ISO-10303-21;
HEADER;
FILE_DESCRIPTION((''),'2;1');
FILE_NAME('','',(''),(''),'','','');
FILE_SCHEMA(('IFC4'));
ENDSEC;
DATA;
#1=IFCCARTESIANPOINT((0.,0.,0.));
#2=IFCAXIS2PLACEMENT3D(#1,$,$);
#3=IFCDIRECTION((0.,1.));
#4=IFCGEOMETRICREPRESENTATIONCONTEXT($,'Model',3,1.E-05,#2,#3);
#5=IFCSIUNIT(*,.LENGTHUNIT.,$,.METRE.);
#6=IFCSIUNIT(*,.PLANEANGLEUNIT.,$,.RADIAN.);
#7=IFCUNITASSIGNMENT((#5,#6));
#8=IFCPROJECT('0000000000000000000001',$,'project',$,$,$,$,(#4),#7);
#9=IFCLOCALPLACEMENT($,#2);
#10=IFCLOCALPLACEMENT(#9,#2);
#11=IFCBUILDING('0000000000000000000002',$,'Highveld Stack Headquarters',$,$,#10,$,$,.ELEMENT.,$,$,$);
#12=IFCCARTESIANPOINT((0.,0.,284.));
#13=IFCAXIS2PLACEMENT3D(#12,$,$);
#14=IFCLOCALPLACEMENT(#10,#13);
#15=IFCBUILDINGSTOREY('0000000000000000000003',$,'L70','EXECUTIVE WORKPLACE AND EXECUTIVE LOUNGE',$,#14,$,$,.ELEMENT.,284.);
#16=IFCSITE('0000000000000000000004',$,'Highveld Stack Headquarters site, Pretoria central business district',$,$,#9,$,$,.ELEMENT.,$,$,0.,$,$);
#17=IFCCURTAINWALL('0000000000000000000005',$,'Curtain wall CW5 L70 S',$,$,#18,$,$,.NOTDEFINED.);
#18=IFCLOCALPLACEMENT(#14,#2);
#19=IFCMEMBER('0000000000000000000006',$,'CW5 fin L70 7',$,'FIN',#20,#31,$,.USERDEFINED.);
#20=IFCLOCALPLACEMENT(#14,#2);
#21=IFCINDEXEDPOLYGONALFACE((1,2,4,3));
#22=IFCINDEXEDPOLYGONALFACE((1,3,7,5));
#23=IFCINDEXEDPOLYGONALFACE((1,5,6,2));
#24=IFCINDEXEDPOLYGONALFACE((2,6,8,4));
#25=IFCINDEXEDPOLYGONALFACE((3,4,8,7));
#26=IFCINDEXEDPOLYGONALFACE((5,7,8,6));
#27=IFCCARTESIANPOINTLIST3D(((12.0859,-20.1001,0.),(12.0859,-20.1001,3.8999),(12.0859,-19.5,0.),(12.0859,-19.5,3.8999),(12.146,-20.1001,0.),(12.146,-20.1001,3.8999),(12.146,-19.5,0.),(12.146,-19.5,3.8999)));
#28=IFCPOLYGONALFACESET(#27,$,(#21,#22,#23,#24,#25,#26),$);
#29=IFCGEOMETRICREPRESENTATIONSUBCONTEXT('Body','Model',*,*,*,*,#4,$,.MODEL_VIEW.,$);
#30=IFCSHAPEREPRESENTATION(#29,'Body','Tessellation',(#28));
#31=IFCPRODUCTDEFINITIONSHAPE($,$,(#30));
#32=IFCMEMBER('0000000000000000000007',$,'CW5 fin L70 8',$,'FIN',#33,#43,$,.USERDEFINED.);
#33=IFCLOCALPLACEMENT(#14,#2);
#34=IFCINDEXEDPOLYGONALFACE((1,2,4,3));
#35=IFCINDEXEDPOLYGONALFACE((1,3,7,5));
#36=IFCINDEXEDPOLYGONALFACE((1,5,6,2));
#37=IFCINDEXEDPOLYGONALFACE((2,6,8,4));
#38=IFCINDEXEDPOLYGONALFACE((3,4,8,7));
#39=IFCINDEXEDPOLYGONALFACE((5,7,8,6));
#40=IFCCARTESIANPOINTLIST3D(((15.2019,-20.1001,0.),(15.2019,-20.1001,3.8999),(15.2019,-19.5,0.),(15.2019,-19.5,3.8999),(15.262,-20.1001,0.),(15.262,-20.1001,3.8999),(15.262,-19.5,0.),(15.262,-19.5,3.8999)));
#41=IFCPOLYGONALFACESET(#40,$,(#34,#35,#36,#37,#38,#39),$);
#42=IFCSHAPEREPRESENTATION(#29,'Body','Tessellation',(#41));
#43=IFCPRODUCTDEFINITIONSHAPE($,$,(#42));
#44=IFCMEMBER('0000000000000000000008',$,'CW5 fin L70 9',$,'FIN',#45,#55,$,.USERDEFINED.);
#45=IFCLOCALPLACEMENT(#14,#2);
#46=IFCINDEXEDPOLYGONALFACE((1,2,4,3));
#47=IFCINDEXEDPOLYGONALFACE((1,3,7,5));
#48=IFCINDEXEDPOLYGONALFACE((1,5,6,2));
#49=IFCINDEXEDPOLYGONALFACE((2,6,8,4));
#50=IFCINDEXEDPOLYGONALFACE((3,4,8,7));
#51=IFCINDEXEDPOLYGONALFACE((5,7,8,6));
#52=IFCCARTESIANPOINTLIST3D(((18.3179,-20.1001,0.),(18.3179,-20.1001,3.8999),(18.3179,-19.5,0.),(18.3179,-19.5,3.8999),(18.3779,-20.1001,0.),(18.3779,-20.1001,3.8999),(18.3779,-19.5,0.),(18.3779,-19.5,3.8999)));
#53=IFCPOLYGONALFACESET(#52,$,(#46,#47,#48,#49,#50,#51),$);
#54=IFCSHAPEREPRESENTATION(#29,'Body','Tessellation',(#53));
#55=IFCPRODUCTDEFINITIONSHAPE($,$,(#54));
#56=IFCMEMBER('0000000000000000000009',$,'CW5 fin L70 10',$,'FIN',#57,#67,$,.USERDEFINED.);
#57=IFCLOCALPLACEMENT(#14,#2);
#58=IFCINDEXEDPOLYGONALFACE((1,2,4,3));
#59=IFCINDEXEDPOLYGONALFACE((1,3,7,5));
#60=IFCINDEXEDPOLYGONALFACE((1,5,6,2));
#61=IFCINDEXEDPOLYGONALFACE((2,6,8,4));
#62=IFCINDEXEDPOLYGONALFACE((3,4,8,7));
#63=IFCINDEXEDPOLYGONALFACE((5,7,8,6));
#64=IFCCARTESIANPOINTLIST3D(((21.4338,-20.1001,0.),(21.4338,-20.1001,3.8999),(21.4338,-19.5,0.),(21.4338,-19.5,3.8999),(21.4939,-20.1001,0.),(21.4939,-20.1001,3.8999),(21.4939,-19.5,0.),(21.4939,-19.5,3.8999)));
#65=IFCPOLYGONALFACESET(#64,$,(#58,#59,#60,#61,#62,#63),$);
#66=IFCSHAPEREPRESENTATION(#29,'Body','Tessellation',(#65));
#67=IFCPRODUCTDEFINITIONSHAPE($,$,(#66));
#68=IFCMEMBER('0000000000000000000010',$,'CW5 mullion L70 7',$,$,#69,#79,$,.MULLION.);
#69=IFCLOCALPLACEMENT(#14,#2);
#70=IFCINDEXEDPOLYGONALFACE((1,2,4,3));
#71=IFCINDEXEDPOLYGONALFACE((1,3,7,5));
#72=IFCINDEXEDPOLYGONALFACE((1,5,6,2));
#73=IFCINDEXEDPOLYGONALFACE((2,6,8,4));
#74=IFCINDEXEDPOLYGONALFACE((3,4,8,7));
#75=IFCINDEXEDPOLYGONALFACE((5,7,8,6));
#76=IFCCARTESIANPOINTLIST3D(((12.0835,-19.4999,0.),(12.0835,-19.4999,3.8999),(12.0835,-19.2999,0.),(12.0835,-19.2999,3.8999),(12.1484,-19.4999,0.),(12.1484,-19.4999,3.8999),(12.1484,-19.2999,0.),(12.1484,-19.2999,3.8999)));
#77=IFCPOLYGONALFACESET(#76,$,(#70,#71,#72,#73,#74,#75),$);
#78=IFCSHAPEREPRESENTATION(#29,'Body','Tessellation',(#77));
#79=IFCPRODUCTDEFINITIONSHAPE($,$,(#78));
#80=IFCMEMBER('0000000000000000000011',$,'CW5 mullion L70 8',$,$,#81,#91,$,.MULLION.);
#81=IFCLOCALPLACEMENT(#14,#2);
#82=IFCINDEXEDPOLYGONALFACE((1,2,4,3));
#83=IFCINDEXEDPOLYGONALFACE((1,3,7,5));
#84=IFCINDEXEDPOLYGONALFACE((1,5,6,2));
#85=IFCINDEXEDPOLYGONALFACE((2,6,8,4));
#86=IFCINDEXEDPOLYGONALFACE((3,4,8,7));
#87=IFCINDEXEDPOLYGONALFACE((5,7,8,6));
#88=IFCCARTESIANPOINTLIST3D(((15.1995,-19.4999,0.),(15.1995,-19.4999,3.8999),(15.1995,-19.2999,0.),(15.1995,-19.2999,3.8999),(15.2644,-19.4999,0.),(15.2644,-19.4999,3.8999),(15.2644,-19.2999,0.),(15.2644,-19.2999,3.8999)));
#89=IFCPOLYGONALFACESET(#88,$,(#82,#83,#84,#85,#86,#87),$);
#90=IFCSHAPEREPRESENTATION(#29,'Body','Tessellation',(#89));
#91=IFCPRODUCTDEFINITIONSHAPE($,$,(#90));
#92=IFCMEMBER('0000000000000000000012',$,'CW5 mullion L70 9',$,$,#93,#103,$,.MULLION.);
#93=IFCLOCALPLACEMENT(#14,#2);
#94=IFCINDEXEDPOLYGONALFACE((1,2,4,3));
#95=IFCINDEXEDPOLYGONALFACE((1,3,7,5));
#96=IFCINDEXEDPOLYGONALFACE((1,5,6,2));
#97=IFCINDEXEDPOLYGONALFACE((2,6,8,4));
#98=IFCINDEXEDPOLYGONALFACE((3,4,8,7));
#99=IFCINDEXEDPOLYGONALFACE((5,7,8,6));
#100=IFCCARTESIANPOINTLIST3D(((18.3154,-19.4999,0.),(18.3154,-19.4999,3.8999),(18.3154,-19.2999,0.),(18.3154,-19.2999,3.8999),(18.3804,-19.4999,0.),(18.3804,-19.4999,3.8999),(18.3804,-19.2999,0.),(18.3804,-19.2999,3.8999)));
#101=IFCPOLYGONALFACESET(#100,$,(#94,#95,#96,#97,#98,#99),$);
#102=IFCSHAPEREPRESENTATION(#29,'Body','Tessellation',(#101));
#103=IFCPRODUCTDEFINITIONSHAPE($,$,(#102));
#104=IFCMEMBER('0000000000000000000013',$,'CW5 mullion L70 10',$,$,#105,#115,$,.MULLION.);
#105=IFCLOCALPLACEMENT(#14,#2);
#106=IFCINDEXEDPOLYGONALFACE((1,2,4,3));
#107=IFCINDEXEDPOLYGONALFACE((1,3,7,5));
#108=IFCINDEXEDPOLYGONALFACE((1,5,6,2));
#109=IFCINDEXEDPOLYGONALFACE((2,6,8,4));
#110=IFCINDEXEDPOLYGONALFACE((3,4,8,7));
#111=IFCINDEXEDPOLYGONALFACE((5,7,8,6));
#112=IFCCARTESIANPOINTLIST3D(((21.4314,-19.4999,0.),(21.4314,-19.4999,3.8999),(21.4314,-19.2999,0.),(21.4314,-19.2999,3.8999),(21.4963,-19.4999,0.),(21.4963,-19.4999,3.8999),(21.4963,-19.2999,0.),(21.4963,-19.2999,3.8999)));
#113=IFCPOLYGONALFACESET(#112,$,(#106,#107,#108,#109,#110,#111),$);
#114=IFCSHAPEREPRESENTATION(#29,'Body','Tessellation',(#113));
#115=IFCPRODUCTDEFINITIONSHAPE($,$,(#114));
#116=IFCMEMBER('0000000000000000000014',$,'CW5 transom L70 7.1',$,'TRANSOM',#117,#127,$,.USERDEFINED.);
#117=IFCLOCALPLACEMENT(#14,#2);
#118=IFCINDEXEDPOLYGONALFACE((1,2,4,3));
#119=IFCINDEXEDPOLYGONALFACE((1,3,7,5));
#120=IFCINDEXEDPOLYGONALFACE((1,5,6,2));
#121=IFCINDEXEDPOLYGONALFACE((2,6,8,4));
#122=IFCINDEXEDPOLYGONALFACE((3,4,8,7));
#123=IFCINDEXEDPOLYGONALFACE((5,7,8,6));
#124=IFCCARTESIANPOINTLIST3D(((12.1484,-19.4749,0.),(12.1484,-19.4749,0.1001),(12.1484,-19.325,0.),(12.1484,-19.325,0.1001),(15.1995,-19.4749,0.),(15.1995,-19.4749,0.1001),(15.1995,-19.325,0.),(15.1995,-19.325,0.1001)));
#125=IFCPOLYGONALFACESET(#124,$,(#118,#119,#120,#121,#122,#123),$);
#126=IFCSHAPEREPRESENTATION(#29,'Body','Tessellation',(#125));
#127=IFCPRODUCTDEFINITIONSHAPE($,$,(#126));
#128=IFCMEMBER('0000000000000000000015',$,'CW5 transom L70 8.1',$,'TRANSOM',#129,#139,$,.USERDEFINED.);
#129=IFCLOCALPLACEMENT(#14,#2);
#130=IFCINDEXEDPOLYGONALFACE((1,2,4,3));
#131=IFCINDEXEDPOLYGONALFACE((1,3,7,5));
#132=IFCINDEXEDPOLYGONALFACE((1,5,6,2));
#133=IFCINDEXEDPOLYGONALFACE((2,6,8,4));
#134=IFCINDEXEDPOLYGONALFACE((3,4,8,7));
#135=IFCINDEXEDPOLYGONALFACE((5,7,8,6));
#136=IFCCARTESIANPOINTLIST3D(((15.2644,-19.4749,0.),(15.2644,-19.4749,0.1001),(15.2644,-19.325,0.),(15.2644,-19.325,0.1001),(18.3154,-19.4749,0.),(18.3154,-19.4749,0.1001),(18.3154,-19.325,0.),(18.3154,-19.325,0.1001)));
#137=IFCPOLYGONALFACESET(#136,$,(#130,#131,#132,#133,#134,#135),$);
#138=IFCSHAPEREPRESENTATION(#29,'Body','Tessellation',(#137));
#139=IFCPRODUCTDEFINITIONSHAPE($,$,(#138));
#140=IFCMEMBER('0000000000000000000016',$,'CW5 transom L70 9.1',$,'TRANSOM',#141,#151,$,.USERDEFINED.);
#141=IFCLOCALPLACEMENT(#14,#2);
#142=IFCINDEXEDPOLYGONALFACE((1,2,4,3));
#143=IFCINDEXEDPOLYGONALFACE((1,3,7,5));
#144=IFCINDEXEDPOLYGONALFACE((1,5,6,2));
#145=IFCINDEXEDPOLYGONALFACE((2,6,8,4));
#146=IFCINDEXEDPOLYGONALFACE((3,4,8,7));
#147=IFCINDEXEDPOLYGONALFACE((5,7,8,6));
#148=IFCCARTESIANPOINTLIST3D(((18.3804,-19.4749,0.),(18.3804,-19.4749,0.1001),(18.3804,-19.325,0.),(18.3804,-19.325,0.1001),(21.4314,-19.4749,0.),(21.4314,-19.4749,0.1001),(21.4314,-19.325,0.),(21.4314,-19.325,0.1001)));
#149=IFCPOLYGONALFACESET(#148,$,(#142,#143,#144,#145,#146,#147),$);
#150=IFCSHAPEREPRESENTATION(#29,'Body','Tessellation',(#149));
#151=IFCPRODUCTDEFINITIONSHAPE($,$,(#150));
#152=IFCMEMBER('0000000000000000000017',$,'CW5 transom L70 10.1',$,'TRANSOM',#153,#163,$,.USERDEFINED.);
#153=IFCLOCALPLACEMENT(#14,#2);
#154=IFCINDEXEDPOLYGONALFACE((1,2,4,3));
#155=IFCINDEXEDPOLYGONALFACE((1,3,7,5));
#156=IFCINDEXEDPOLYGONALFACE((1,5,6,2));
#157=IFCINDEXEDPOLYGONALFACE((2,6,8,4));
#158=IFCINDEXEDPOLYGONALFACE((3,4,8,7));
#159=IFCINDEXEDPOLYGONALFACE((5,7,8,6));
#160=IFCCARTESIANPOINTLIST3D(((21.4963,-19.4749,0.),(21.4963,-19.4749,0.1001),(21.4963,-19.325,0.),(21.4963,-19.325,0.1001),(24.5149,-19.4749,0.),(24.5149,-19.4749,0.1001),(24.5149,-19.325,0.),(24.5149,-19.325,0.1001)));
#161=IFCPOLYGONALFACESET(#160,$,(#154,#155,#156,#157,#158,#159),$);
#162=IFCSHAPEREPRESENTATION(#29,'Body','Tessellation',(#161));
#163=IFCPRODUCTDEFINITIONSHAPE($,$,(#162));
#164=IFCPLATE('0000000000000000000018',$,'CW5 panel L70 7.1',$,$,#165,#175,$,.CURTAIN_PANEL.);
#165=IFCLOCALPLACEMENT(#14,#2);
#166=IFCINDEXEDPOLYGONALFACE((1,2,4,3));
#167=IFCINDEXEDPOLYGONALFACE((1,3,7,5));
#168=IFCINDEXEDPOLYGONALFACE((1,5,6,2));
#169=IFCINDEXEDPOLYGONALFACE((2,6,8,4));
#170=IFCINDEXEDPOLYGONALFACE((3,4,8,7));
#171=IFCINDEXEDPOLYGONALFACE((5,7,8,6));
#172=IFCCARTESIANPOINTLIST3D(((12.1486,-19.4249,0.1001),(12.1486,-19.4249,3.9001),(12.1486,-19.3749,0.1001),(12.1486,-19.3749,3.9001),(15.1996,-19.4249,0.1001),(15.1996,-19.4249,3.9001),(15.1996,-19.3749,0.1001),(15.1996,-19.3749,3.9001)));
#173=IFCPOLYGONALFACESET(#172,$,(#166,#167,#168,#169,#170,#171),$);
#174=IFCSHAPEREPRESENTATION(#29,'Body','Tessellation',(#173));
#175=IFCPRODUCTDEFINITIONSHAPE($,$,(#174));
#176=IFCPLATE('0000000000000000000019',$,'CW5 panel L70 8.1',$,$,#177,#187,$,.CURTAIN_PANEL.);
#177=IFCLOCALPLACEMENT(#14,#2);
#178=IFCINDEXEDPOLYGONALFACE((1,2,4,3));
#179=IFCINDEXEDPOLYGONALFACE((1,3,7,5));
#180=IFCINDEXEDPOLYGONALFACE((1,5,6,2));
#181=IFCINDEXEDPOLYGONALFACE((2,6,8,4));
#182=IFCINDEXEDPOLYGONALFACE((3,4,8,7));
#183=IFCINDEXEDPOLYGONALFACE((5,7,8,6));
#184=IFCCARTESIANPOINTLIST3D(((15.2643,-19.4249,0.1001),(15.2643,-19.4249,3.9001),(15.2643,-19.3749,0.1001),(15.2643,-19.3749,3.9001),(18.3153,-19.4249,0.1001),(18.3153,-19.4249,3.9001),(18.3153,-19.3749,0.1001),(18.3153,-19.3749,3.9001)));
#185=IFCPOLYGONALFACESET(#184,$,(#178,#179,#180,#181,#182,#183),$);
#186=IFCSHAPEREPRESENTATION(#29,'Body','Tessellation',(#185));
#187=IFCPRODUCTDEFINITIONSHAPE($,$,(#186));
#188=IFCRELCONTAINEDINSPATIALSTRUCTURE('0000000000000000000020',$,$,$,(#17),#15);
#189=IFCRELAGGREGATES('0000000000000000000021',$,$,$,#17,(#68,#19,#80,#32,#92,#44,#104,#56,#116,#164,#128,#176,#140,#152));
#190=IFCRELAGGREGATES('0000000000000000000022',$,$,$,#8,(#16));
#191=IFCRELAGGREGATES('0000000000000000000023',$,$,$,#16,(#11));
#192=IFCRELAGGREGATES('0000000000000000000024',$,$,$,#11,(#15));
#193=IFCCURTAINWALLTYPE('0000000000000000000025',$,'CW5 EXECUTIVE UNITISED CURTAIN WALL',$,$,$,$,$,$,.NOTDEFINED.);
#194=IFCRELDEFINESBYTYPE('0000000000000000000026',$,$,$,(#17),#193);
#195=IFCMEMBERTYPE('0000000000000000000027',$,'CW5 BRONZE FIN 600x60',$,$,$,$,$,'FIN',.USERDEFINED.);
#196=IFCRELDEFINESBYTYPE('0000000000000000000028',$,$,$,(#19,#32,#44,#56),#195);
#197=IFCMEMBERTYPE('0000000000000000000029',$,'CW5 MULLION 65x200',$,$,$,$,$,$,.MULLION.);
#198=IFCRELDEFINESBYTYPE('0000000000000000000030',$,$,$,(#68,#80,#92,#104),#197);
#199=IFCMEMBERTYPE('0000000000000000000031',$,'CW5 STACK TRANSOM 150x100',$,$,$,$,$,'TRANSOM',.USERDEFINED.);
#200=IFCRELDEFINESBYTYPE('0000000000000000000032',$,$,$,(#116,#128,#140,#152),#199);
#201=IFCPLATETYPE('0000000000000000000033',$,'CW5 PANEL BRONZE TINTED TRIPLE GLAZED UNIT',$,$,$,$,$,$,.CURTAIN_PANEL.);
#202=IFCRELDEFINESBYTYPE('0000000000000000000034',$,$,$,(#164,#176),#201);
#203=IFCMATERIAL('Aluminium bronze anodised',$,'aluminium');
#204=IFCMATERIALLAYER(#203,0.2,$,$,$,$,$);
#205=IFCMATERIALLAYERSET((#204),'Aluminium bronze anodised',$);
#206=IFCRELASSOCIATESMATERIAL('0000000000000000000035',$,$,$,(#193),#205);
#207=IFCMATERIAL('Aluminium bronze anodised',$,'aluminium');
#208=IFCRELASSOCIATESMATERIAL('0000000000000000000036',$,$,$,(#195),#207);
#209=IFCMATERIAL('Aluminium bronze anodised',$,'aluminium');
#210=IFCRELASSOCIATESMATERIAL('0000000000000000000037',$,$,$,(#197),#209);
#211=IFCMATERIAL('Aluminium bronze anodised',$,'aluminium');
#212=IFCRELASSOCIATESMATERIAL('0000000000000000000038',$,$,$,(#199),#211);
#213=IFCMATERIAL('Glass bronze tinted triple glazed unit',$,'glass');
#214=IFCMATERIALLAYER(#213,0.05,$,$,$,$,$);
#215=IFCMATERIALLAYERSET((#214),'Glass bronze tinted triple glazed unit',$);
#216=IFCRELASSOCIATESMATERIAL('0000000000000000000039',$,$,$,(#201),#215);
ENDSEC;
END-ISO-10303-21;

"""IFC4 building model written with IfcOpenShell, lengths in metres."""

from ifc_helpers import new_model, si_unit, direction, frame, origin, origin_2d, place, context, subcontext, project, spatial, rectangle, extrude, material, layer, layer_set, material_profile, profile_set, type_object, element, aggregate, save


model = new_model("IFC4")

# Units and contexts
model_context = context("Model", 3, precision=1e-05, world=origin(), true_north=direction((0.0, 1.0)))
body_context = subcontext(model_context, "Body", "Model", "MODEL_VIEW")
ifc_project = project(units=[si_unit("LENGTHUNIT", "METRE"), si_unit("PLANEANGLEUNIT", "RADIAN")], contexts=[model_context])

# Site, building, storey
site_placement = place(None, origin())
site = spatial("IfcSite", under=ifc_project, at=site_placement, Name="Highveld Stack Headquarters site, Pretoria central business district", CompositionType="ELEMENT", RefElevation=0.0)
building_placement = place(site_placement, origin())
building = spatial("IfcBuilding", under=site, at=building_placement, Name="Highveld Stack Headquarters", CompositionType="ELEMENT")
storey_placement = place(building_placement, frame((0.0, 0.0, 284.0)))
storey = spatial("IfcBuildingStorey", under=building, at=storey_placement, Name="L70", Description="EXECUTIVE WORKPLACE AND EXECUTIVE LOUNGE", CompositionType="ELEMENT", Elevation=284.0)

# Curtain wall, members, plates
ifc_material_1 = material(Name="Aluminium bronze anodised", Category="aluminium")
ifc_layer_1 = layer(ifc_material_1, 0.2)
ifc_layer_set_1 = layer_set([ifc_layer_1], Name="Aluminium bronze anodised")
curtain_wall_type = type_object("IfcCurtainWallType", Name="CW5 EXECUTIVE UNITISED CURTAIN WALL", PredefinedType="NOTDEFINED", material=ifc_layer_set_1)
curtain_wall_placement = place(storey_placement, origin())
curtain_wall = element("IfcCurtainWall", 1, at=curtain_wall_placement, inside=storey, type_object=curtain_wall_type, Name="Curtain wall CW5 L70 S", PredefinedType="NOTDEFINED")
ifc_material_2 = material(Name="Aluminium bronze anodised", Category="aluminium")
ifc_material_profile_1 = material_profile(ifc_material_2, rectangle(XDim=0.6001, YDim=0.0601, at=origin_2d()), Name="FIN 600x60")
ifc_profile_set_1 = profile_set([ifc_material_profile_1], Name="Aluminium bronze anodised")
member_type_1 = type_object("IfcMemberType", Name="CW5 BRONZE FIN 600x60", ElementType="FIN", PredefinedType="USERDEFINED", material=ifc_profile_set_1)
member_1_placement = place(storey_placement, frame((12.116, -19.8, 0.0), z_axis=(0.0, 0.0, 1.0), x_axis=(0.0, 1.0, 0.0)))
member_1 = element("IfcMember", 2, at=member_1_placement, type_object=member_type_1, Name="CW5 fin L70 7", ObjectType="FIN", PredefinedType="USERDEFINED", context=body_context, shape_type="SweptSolid", body=[
    extrude(rectangle(XDim=0.6001, YDim=0.0601, at=origin_2d()), origin(), (0.0, 0.0, 1.0), 3.8999),
])
member_2_placement = place(storey_placement, frame((15.2319, -19.8, 0.0), z_axis=(0.0, 0.0, 1.0), x_axis=(0.0, 1.0, 0.0)))
member_2 = element("IfcMember", 3, at=member_2_placement, type_object=member_type_1, Name="CW5 fin L70 8", ObjectType="FIN", PredefinedType="USERDEFINED", context=body_context, shape_type="SweptSolid", body=[
    extrude(rectangle(XDim=0.6001, YDim=0.0601, at=origin_2d()), origin(), (0.0, 0.0, 1.0), 3.8999),
])
member_3_placement = place(storey_placement, frame((18.3479, -19.8, 0.0), z_axis=(0.0, 0.0, 1.0), x_axis=(0.0, 1.0, 0.0)))
member_3 = element("IfcMember", 4, at=member_3_placement, type_object=member_type_1, Name="CW5 fin L70 9", ObjectType="FIN", PredefinedType="USERDEFINED", context=body_context, shape_type="SweptSolid", body=[
    extrude(rectangle(XDim=0.6001, YDim=0.0601, at=origin_2d()), origin(), (0.0, 0.0, 1.0), 3.8999),
])
member_4_placement = place(storey_placement, frame((21.4639, -19.8, 0.0), z_axis=(0.0, 0.0, 1.0), x_axis=(0.0, 1.0, 0.0)))
member_4 = element("IfcMember", 5, at=member_4_placement, type_object=member_type_1, Name="CW5 fin L70 10", ObjectType="FIN", PredefinedType="USERDEFINED", context=body_context, shape_type="SweptSolid", body=[
    extrude(rectangle(XDim=0.6001, YDim=0.0601, at=origin_2d()), origin(), (0.0, 0.0, 1.0), 3.8999),
])
ifc_material_3 = material(Name="Aluminium bronze anodised", Category="aluminium")
ifc_material_profile_2 = material_profile(ifc_material_3, rectangle(XDim=0.2, YDim=0.0649, at=origin_2d()), Name="CW5 MULLION 65x200")
ifc_profile_set_2 = profile_set([ifc_material_profile_2], Name="Aluminium bronze anodised")
member_type_2 = type_object("IfcMemberType", Name="CW5 MULLION 65x200", PredefinedType="MULLION", material=ifc_profile_set_2)
member_5_placement = place(storey_placement, frame((12.116, -19.3999, 0.0), z_axis=(0.0, 0.0, 1.0), x_axis=(0.0, 1.0, 0.0)))
member_5 = element("IfcMember", 6, at=member_5_placement, type_object=member_type_2, Name="CW5 mullion L70 7", PredefinedType="MULLION", context=body_context, shape_type="SweptSolid", body=[
    extrude(rectangle(XDim=0.2, YDim=0.0649, at=origin_2d()), origin(), (0.0, 0.0, 1.0), 3.8999),
])
member_6_placement = place(storey_placement, frame((15.2319, -19.3999, 0.0), z_axis=(0.0, 0.0, 1.0), x_axis=(0.0, 1.0, 0.0)))
member_6 = element("IfcMember", 7, at=member_6_placement, type_object=member_type_2, Name="CW5 mullion L70 8", PredefinedType="MULLION", context=body_context, shape_type="SweptSolid", body=[
    extrude(rectangle(XDim=0.2, YDim=0.0649, at=origin_2d()), origin(), (0.0, 0.0, 1.0), 3.8999),
])
member_7_placement = place(storey_placement, frame((18.3479, -19.3999, 0.0), z_axis=(0.0, 0.0, 1.0), x_axis=(0.0, 1.0, 0.0)))
member_7 = element("IfcMember", 8, at=member_7_placement, type_object=member_type_2, Name="CW5 mullion L70 9", PredefinedType="MULLION", context=body_context, shape_type="SweptSolid", body=[
    extrude(rectangle(XDim=0.2, YDim=0.0649, at=origin_2d()), origin(), (0.0, 0.0, 1.0), 3.8999),
])
member_8_placement = place(storey_placement, frame((21.4639, -19.3999, 0.0), z_axis=(0.0, 0.0, 1.0), x_axis=(0.0, 1.0, 0.0)))
member_8 = element("IfcMember", 9, at=member_8_placement, type_object=member_type_2, Name="CW5 mullion L70 10", PredefinedType="MULLION", context=body_context, shape_type="SweptSolid", body=[
    extrude(rectangle(XDim=0.2, YDim=0.0649, at=origin_2d()), origin(), (0.0, 0.0, 1.0), 3.8999),
])
ifc_material_4 = material(Name="Aluminium bronze anodised", Category="aluminium")
ifc_material_profile_3 = material_profile(ifc_material_4, rectangle(XDim=0.1499, YDim=0.1001, at=origin_2d()), Name="CW5 TRANSOM 150x100")
ifc_profile_set_3 = profile_set([ifc_material_profile_3], Name="Aluminium bronze anodised")
member_type_3 = type_object("IfcMemberType", Name="CW5 STACK TRANSOM 150x100", ElementType="TRANSOM", PredefinedType="USERDEFINED", material=ifc_profile_set_3)
member_9_placement = place(storey_placement, frame((12.1484, -19.3999, 0.05), z_axis=(1.0, 0.0, 0.0), x_axis=(0.0, 1.0, 0.0)))
member_9 = element("IfcMember", 10, at=member_9_placement, type_object=member_type_3, Name="CW5 transom L70 7.1", ObjectType="TRANSOM", PredefinedType="USERDEFINED", context=body_context, shape_type="SweptSolid", body=[
    extrude(rectangle(XDim=0.1499, YDim=0.1001, at=origin_2d()), origin(), (0.0, 0.0, 1.0), 3.051),
])
member_10_placement = place(storey_placement, frame((15.2644, -19.3999, 0.05), z_axis=(1.0, 0.0, 0.0), x_axis=(0.0, 1.0, 0.0)))
member_10 = element("IfcMember", 11, at=member_10_placement, type_object=member_type_3, Name="CW5 transom L70 8.1", ObjectType="TRANSOM", PredefinedType="USERDEFINED", context=body_context, shape_type="SweptSolid", body=[
    extrude(rectangle(XDim=0.1499, YDim=0.1001, at=origin_2d()), origin(), (0.0, 0.0, 1.0), 3.051),
])
member_11_placement = place(storey_placement, frame((18.3804, -19.3999, 0.05), z_axis=(1.0, 0.0, 0.0), x_axis=(0.0, 1.0, 0.0)))
member_11 = element("IfcMember", 12, at=member_11_placement, type_object=member_type_3, Name="CW5 transom L70 9.1", ObjectType="TRANSOM", PredefinedType="USERDEFINED", context=body_context, shape_type="SweptSolid", body=[
    extrude(rectangle(XDim=0.1499, YDim=0.1001, at=origin_2d()), origin(), (0.0, 0.0, 1.0), 3.051),
])
member_12_placement = place(storey_placement, frame((21.4963, -19.3999, 0.05), z_axis=(1.0, 0.0, 0.0), x_axis=(0.0, 1.0, 0.0)))
member_12 = element("IfcMember", 13, at=member_12_placement, type_object=member_type_3, Name="CW5 transom L70 10.1", ObjectType="TRANSOM", PredefinedType="USERDEFINED", context=body_context, shape_type="SweptSolid", body=[
    extrude(rectangle(XDim=0.1499, YDim=0.1001, at=origin_2d()), origin(), (0.0, 0.0, 1.0), 3.0186),
])
ifc_material_5 = material(Name="Glass bronze tinted triple glazed unit", Category="glass")
ifc_layer_2 = layer(ifc_material_5, 0.05)
ifc_layer_set_2 = layer_set([ifc_layer_2], Name="Glass bronze tinted triple glazed unit")
plate_type = type_object("IfcPlateType", Name="CW5 PANEL BRONZE TINTED TRIPLE GLAZED UNIT", PredefinedType="CURTAIN_PANEL", material=ifc_layer_set_2)
plate_1_placement = place(storey_placement, frame((13.6741, -19.3999, 0.1001), z_axis=(0.0, 0.0, 1.0), x_axis=(1.0, 0.0, 0.0)))
plate_1 = element("IfcPlate", 14, at=plate_1_placement, type_object=plate_type, Name="CW5 panel L70 7.1", PredefinedType="CURTAIN_PANEL", context=body_context, shape_type="SweptSolid", body=[
    extrude(rectangle(XDim=3.051, YDim=0.05, at=origin_2d()), origin(), (0.0, 0.0, 1.0), 3.8),
])
plate_2_placement = place(storey_placement, frame((16.7898, -19.3999, 0.1001), z_axis=(0.0, 0.0, 1.0), x_axis=(1.0, 0.0, 0.0)))
plate_2 = element("IfcPlate", 15, at=plate_2_placement, type_object=plate_type, Name="CW5 panel L70 8.1", PredefinedType="CURTAIN_PANEL", context=body_context, shape_type="SweptSolid", body=[
    extrude(rectangle(XDim=3.051, YDim=0.05, at=origin_2d()), origin(), (0.0, 0.0, 1.0), 3.8),
])
aggregate(curtain_wall, [member_5, member_1, member_6, member_2, member_7, member_3, member_8, member_4, member_9, plate_1, member_10, plate_2, member_11, member_12])

save(model, "model.ifc")
